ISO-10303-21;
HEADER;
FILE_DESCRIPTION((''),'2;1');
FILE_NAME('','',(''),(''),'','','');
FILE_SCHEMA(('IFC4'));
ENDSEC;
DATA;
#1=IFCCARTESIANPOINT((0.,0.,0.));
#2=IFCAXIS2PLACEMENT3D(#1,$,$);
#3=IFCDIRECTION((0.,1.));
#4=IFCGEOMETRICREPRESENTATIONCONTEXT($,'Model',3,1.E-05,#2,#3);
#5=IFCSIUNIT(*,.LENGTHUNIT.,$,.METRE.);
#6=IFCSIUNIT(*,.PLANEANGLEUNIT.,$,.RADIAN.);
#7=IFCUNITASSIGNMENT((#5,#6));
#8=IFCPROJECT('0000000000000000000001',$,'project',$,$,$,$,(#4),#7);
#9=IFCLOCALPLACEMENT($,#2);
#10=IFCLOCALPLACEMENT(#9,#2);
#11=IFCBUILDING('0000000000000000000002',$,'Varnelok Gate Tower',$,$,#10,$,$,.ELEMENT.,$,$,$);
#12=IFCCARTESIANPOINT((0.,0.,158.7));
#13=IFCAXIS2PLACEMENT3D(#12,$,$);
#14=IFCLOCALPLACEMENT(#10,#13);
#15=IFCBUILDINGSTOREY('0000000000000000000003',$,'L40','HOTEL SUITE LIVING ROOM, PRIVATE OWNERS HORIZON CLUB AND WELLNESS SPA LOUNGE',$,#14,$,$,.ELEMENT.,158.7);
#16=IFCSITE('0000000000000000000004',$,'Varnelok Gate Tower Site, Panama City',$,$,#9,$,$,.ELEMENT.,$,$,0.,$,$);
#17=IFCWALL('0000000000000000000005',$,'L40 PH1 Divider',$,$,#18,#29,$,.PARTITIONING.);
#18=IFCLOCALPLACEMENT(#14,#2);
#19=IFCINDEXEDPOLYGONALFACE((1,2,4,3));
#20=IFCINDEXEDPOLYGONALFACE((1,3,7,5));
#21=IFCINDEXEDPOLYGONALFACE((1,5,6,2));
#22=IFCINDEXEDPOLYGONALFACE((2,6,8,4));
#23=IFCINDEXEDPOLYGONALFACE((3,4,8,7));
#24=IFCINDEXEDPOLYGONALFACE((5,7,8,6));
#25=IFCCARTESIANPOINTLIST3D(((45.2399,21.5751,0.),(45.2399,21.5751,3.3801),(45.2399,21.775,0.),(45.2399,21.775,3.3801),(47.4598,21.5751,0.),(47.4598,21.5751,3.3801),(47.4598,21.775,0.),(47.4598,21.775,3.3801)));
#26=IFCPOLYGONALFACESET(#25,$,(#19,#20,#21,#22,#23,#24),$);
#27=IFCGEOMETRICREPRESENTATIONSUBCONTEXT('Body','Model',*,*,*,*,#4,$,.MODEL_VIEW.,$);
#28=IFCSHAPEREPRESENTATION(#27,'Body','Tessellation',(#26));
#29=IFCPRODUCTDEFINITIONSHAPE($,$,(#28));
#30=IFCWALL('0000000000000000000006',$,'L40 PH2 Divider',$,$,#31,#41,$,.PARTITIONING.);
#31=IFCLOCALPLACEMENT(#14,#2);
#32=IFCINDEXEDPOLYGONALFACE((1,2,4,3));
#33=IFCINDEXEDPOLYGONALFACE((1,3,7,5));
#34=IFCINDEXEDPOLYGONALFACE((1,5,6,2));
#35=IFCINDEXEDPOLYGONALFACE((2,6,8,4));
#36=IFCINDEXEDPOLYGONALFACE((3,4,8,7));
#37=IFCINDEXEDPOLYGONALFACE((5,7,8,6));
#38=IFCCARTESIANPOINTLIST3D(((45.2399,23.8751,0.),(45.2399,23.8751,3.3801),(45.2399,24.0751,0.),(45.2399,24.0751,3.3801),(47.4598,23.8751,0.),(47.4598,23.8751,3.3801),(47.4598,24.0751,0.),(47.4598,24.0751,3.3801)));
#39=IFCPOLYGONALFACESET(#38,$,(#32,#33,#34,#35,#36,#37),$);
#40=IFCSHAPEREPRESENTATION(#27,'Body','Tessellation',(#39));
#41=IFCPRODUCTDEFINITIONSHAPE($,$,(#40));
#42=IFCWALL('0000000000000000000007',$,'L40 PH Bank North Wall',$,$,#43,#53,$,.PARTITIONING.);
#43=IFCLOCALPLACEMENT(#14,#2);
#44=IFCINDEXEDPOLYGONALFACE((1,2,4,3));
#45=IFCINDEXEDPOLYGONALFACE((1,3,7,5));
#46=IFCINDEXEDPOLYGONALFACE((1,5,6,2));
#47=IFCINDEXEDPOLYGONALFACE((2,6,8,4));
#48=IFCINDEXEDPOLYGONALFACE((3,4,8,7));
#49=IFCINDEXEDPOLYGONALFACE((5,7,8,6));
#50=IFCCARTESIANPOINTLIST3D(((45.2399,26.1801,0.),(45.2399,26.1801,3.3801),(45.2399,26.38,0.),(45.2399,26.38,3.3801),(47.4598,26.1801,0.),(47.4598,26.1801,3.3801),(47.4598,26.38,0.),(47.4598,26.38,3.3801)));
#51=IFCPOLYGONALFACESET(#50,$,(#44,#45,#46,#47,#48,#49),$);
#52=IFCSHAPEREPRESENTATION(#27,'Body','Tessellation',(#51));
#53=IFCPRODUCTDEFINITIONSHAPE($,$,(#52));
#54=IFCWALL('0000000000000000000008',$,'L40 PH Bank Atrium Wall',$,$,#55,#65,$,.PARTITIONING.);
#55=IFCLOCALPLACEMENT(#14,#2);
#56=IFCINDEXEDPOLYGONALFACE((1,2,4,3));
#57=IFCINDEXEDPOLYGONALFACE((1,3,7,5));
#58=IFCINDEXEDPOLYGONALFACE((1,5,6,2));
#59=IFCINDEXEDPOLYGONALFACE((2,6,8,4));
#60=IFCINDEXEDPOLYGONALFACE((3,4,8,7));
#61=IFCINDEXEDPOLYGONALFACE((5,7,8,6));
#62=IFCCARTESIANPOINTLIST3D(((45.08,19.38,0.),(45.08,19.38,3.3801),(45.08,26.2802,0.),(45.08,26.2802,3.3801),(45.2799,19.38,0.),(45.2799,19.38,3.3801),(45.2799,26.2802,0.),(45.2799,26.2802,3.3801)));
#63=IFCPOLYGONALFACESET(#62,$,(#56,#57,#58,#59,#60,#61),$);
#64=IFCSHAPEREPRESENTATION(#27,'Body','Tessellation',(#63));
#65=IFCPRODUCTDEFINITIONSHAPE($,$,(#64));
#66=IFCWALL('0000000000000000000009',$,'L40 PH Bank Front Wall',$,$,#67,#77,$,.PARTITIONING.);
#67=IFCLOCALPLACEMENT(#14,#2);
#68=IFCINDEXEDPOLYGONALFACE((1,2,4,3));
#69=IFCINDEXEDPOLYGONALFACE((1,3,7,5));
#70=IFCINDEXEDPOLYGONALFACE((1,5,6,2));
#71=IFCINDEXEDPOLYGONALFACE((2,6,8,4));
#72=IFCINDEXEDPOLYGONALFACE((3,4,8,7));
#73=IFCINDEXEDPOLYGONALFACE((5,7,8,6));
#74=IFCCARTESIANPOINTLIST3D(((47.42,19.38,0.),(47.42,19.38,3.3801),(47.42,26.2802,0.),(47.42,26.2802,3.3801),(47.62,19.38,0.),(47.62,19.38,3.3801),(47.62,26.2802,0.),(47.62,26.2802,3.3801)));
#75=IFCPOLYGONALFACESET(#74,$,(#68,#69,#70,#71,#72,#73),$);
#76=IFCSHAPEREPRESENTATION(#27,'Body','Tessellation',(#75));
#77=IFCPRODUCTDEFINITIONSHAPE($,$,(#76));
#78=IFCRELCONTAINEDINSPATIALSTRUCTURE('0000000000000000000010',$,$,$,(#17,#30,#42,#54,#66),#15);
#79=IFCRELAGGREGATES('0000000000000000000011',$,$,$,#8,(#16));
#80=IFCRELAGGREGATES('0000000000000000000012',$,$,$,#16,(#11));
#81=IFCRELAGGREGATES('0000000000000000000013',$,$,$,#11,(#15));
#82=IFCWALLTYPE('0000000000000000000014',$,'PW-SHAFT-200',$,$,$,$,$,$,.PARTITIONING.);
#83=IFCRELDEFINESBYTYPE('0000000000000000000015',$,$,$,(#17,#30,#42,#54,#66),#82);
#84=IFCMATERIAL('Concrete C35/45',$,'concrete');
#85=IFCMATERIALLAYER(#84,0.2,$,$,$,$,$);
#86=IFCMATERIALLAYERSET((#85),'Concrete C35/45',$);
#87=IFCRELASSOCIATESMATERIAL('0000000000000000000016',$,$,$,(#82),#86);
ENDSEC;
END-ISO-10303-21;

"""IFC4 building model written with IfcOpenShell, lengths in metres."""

from ifc_helpers import new_model, si_unit, direction, frame, frame_2d, origin, place, context, subcontext, project, spatial, rectangle, extrude, material, layer, layer_set, type_object, element, save


model = new_model("IFC4")

# Units and contexts
model_context = context("Model", 3, precision=1e-05, world=origin(), true_north=direction((0.0, 1.0)))
body_context = subcontext(model_context, "Body", "Model", "MODEL_VIEW")
ifc_project = project(units=[si_unit("LENGTHUNIT", "METRE"), si_unit("PLANEANGLEUNIT", "RADIAN")], contexts=[model_context])

# Site, building, storey
site_placement = place(None, origin())
site = spatial("IfcSite", under=ifc_project, at=site_placement, Name="Varnelok Gate Tower Site, Panama City", CompositionType="ELEMENT", RefElevation=0.0)
building_placement = place(site_placement, origin())
building = spatial("IfcBuilding", under=site, at=building_placement, Name="Varnelok Gate Tower", CompositionType="ELEMENT")
storey_placement = place(building_placement, frame((0.0, 0.0, 158.7)))
storey = spatial("IfcBuildingStorey", under=building, at=storey_placement, Name="L40", Description="HOTEL SUITE LIVING ROOM, PRIVATE OWNERS HORIZON CLUB AND WELLNESS SPA LOUNGE", CompositionType="ELEMENT", Elevation=158.7)

# Walls
ifc_material_1 = material(Name="Concrete C35/45", Category="concrete")
ifc_layer_1 = layer(ifc_material_1, 0.2)
ifc_layer_set_1 = layer_set([ifc_layer_1], Name="Concrete C35/45")
wall_type_1 = type_object("IfcWallType", Name="PW-SHAFT-200", PredefinedType="PARTITIONING", material=ifc_layer_set_1)
for number, where, z_axis, x_axis, name in (
    (1, (45.24, 21.675, 0.0), (0.0, 0.0, 1.0), (1.0, 0.0, 0.0), "L40 PH1 Divider"),
    (2, (45.24, 23.9751, 0.0), (0.0, 0.0, 1.0), (1.0, 0.0, 0.0), "L40 PH2 Divider"),
    (3, (45.24, 26.28, 0.0), (0.0, 0.0, 1.0), (1.0, 0.0, 0.0), "L40 PH Bank North Wall"),
):
    element("IfcWall", number, at=place(storey_placement, frame(where, z_axis=z_axis, x_axis=x_axis)), inside=storey, type_object=wall_type_1, Name=name, PredefinedType="PARTITIONING", context=body_context, shape_type="SweptSolid", body=[
        extrude(rectangle(XDim=2.22, YDim=0.2, at=frame_2d((1.1099, 0.0))), origin(), (0.0, 0.0, 1.0), 3.3801),
    ])
for number, where, z_axis, x_axis, name in (
    (4, (45.1799, 19.3799, 0.0), (0.0, 0.0, 1.0), (0.0, 1.0, 0.0), "L40 PH Bank Atrium Wall"),
    (5, (47.52, 19.3799, 0.0), (0.0, 0.0, 1.0), (0.0, 1.0, 0.0), "L40 PH Bank Front Wall"),
):
    element("IfcWall", number, at=place(storey_placement, frame(where, z_axis=z_axis, x_axis=x_axis)), inside=storey, type_object=wall_type_1, Name=name, PredefinedType="PARTITIONING", context=body_context, shape_type="SweptSolid", body=[
        extrude(rectangle(XDim=6.9001, YDim=0.2, at=frame_2d((3.4502, 0.0))), origin(), (0.0, 0.0, 1.0), 3.3801),
    ])

save(model, "model.ifc")
